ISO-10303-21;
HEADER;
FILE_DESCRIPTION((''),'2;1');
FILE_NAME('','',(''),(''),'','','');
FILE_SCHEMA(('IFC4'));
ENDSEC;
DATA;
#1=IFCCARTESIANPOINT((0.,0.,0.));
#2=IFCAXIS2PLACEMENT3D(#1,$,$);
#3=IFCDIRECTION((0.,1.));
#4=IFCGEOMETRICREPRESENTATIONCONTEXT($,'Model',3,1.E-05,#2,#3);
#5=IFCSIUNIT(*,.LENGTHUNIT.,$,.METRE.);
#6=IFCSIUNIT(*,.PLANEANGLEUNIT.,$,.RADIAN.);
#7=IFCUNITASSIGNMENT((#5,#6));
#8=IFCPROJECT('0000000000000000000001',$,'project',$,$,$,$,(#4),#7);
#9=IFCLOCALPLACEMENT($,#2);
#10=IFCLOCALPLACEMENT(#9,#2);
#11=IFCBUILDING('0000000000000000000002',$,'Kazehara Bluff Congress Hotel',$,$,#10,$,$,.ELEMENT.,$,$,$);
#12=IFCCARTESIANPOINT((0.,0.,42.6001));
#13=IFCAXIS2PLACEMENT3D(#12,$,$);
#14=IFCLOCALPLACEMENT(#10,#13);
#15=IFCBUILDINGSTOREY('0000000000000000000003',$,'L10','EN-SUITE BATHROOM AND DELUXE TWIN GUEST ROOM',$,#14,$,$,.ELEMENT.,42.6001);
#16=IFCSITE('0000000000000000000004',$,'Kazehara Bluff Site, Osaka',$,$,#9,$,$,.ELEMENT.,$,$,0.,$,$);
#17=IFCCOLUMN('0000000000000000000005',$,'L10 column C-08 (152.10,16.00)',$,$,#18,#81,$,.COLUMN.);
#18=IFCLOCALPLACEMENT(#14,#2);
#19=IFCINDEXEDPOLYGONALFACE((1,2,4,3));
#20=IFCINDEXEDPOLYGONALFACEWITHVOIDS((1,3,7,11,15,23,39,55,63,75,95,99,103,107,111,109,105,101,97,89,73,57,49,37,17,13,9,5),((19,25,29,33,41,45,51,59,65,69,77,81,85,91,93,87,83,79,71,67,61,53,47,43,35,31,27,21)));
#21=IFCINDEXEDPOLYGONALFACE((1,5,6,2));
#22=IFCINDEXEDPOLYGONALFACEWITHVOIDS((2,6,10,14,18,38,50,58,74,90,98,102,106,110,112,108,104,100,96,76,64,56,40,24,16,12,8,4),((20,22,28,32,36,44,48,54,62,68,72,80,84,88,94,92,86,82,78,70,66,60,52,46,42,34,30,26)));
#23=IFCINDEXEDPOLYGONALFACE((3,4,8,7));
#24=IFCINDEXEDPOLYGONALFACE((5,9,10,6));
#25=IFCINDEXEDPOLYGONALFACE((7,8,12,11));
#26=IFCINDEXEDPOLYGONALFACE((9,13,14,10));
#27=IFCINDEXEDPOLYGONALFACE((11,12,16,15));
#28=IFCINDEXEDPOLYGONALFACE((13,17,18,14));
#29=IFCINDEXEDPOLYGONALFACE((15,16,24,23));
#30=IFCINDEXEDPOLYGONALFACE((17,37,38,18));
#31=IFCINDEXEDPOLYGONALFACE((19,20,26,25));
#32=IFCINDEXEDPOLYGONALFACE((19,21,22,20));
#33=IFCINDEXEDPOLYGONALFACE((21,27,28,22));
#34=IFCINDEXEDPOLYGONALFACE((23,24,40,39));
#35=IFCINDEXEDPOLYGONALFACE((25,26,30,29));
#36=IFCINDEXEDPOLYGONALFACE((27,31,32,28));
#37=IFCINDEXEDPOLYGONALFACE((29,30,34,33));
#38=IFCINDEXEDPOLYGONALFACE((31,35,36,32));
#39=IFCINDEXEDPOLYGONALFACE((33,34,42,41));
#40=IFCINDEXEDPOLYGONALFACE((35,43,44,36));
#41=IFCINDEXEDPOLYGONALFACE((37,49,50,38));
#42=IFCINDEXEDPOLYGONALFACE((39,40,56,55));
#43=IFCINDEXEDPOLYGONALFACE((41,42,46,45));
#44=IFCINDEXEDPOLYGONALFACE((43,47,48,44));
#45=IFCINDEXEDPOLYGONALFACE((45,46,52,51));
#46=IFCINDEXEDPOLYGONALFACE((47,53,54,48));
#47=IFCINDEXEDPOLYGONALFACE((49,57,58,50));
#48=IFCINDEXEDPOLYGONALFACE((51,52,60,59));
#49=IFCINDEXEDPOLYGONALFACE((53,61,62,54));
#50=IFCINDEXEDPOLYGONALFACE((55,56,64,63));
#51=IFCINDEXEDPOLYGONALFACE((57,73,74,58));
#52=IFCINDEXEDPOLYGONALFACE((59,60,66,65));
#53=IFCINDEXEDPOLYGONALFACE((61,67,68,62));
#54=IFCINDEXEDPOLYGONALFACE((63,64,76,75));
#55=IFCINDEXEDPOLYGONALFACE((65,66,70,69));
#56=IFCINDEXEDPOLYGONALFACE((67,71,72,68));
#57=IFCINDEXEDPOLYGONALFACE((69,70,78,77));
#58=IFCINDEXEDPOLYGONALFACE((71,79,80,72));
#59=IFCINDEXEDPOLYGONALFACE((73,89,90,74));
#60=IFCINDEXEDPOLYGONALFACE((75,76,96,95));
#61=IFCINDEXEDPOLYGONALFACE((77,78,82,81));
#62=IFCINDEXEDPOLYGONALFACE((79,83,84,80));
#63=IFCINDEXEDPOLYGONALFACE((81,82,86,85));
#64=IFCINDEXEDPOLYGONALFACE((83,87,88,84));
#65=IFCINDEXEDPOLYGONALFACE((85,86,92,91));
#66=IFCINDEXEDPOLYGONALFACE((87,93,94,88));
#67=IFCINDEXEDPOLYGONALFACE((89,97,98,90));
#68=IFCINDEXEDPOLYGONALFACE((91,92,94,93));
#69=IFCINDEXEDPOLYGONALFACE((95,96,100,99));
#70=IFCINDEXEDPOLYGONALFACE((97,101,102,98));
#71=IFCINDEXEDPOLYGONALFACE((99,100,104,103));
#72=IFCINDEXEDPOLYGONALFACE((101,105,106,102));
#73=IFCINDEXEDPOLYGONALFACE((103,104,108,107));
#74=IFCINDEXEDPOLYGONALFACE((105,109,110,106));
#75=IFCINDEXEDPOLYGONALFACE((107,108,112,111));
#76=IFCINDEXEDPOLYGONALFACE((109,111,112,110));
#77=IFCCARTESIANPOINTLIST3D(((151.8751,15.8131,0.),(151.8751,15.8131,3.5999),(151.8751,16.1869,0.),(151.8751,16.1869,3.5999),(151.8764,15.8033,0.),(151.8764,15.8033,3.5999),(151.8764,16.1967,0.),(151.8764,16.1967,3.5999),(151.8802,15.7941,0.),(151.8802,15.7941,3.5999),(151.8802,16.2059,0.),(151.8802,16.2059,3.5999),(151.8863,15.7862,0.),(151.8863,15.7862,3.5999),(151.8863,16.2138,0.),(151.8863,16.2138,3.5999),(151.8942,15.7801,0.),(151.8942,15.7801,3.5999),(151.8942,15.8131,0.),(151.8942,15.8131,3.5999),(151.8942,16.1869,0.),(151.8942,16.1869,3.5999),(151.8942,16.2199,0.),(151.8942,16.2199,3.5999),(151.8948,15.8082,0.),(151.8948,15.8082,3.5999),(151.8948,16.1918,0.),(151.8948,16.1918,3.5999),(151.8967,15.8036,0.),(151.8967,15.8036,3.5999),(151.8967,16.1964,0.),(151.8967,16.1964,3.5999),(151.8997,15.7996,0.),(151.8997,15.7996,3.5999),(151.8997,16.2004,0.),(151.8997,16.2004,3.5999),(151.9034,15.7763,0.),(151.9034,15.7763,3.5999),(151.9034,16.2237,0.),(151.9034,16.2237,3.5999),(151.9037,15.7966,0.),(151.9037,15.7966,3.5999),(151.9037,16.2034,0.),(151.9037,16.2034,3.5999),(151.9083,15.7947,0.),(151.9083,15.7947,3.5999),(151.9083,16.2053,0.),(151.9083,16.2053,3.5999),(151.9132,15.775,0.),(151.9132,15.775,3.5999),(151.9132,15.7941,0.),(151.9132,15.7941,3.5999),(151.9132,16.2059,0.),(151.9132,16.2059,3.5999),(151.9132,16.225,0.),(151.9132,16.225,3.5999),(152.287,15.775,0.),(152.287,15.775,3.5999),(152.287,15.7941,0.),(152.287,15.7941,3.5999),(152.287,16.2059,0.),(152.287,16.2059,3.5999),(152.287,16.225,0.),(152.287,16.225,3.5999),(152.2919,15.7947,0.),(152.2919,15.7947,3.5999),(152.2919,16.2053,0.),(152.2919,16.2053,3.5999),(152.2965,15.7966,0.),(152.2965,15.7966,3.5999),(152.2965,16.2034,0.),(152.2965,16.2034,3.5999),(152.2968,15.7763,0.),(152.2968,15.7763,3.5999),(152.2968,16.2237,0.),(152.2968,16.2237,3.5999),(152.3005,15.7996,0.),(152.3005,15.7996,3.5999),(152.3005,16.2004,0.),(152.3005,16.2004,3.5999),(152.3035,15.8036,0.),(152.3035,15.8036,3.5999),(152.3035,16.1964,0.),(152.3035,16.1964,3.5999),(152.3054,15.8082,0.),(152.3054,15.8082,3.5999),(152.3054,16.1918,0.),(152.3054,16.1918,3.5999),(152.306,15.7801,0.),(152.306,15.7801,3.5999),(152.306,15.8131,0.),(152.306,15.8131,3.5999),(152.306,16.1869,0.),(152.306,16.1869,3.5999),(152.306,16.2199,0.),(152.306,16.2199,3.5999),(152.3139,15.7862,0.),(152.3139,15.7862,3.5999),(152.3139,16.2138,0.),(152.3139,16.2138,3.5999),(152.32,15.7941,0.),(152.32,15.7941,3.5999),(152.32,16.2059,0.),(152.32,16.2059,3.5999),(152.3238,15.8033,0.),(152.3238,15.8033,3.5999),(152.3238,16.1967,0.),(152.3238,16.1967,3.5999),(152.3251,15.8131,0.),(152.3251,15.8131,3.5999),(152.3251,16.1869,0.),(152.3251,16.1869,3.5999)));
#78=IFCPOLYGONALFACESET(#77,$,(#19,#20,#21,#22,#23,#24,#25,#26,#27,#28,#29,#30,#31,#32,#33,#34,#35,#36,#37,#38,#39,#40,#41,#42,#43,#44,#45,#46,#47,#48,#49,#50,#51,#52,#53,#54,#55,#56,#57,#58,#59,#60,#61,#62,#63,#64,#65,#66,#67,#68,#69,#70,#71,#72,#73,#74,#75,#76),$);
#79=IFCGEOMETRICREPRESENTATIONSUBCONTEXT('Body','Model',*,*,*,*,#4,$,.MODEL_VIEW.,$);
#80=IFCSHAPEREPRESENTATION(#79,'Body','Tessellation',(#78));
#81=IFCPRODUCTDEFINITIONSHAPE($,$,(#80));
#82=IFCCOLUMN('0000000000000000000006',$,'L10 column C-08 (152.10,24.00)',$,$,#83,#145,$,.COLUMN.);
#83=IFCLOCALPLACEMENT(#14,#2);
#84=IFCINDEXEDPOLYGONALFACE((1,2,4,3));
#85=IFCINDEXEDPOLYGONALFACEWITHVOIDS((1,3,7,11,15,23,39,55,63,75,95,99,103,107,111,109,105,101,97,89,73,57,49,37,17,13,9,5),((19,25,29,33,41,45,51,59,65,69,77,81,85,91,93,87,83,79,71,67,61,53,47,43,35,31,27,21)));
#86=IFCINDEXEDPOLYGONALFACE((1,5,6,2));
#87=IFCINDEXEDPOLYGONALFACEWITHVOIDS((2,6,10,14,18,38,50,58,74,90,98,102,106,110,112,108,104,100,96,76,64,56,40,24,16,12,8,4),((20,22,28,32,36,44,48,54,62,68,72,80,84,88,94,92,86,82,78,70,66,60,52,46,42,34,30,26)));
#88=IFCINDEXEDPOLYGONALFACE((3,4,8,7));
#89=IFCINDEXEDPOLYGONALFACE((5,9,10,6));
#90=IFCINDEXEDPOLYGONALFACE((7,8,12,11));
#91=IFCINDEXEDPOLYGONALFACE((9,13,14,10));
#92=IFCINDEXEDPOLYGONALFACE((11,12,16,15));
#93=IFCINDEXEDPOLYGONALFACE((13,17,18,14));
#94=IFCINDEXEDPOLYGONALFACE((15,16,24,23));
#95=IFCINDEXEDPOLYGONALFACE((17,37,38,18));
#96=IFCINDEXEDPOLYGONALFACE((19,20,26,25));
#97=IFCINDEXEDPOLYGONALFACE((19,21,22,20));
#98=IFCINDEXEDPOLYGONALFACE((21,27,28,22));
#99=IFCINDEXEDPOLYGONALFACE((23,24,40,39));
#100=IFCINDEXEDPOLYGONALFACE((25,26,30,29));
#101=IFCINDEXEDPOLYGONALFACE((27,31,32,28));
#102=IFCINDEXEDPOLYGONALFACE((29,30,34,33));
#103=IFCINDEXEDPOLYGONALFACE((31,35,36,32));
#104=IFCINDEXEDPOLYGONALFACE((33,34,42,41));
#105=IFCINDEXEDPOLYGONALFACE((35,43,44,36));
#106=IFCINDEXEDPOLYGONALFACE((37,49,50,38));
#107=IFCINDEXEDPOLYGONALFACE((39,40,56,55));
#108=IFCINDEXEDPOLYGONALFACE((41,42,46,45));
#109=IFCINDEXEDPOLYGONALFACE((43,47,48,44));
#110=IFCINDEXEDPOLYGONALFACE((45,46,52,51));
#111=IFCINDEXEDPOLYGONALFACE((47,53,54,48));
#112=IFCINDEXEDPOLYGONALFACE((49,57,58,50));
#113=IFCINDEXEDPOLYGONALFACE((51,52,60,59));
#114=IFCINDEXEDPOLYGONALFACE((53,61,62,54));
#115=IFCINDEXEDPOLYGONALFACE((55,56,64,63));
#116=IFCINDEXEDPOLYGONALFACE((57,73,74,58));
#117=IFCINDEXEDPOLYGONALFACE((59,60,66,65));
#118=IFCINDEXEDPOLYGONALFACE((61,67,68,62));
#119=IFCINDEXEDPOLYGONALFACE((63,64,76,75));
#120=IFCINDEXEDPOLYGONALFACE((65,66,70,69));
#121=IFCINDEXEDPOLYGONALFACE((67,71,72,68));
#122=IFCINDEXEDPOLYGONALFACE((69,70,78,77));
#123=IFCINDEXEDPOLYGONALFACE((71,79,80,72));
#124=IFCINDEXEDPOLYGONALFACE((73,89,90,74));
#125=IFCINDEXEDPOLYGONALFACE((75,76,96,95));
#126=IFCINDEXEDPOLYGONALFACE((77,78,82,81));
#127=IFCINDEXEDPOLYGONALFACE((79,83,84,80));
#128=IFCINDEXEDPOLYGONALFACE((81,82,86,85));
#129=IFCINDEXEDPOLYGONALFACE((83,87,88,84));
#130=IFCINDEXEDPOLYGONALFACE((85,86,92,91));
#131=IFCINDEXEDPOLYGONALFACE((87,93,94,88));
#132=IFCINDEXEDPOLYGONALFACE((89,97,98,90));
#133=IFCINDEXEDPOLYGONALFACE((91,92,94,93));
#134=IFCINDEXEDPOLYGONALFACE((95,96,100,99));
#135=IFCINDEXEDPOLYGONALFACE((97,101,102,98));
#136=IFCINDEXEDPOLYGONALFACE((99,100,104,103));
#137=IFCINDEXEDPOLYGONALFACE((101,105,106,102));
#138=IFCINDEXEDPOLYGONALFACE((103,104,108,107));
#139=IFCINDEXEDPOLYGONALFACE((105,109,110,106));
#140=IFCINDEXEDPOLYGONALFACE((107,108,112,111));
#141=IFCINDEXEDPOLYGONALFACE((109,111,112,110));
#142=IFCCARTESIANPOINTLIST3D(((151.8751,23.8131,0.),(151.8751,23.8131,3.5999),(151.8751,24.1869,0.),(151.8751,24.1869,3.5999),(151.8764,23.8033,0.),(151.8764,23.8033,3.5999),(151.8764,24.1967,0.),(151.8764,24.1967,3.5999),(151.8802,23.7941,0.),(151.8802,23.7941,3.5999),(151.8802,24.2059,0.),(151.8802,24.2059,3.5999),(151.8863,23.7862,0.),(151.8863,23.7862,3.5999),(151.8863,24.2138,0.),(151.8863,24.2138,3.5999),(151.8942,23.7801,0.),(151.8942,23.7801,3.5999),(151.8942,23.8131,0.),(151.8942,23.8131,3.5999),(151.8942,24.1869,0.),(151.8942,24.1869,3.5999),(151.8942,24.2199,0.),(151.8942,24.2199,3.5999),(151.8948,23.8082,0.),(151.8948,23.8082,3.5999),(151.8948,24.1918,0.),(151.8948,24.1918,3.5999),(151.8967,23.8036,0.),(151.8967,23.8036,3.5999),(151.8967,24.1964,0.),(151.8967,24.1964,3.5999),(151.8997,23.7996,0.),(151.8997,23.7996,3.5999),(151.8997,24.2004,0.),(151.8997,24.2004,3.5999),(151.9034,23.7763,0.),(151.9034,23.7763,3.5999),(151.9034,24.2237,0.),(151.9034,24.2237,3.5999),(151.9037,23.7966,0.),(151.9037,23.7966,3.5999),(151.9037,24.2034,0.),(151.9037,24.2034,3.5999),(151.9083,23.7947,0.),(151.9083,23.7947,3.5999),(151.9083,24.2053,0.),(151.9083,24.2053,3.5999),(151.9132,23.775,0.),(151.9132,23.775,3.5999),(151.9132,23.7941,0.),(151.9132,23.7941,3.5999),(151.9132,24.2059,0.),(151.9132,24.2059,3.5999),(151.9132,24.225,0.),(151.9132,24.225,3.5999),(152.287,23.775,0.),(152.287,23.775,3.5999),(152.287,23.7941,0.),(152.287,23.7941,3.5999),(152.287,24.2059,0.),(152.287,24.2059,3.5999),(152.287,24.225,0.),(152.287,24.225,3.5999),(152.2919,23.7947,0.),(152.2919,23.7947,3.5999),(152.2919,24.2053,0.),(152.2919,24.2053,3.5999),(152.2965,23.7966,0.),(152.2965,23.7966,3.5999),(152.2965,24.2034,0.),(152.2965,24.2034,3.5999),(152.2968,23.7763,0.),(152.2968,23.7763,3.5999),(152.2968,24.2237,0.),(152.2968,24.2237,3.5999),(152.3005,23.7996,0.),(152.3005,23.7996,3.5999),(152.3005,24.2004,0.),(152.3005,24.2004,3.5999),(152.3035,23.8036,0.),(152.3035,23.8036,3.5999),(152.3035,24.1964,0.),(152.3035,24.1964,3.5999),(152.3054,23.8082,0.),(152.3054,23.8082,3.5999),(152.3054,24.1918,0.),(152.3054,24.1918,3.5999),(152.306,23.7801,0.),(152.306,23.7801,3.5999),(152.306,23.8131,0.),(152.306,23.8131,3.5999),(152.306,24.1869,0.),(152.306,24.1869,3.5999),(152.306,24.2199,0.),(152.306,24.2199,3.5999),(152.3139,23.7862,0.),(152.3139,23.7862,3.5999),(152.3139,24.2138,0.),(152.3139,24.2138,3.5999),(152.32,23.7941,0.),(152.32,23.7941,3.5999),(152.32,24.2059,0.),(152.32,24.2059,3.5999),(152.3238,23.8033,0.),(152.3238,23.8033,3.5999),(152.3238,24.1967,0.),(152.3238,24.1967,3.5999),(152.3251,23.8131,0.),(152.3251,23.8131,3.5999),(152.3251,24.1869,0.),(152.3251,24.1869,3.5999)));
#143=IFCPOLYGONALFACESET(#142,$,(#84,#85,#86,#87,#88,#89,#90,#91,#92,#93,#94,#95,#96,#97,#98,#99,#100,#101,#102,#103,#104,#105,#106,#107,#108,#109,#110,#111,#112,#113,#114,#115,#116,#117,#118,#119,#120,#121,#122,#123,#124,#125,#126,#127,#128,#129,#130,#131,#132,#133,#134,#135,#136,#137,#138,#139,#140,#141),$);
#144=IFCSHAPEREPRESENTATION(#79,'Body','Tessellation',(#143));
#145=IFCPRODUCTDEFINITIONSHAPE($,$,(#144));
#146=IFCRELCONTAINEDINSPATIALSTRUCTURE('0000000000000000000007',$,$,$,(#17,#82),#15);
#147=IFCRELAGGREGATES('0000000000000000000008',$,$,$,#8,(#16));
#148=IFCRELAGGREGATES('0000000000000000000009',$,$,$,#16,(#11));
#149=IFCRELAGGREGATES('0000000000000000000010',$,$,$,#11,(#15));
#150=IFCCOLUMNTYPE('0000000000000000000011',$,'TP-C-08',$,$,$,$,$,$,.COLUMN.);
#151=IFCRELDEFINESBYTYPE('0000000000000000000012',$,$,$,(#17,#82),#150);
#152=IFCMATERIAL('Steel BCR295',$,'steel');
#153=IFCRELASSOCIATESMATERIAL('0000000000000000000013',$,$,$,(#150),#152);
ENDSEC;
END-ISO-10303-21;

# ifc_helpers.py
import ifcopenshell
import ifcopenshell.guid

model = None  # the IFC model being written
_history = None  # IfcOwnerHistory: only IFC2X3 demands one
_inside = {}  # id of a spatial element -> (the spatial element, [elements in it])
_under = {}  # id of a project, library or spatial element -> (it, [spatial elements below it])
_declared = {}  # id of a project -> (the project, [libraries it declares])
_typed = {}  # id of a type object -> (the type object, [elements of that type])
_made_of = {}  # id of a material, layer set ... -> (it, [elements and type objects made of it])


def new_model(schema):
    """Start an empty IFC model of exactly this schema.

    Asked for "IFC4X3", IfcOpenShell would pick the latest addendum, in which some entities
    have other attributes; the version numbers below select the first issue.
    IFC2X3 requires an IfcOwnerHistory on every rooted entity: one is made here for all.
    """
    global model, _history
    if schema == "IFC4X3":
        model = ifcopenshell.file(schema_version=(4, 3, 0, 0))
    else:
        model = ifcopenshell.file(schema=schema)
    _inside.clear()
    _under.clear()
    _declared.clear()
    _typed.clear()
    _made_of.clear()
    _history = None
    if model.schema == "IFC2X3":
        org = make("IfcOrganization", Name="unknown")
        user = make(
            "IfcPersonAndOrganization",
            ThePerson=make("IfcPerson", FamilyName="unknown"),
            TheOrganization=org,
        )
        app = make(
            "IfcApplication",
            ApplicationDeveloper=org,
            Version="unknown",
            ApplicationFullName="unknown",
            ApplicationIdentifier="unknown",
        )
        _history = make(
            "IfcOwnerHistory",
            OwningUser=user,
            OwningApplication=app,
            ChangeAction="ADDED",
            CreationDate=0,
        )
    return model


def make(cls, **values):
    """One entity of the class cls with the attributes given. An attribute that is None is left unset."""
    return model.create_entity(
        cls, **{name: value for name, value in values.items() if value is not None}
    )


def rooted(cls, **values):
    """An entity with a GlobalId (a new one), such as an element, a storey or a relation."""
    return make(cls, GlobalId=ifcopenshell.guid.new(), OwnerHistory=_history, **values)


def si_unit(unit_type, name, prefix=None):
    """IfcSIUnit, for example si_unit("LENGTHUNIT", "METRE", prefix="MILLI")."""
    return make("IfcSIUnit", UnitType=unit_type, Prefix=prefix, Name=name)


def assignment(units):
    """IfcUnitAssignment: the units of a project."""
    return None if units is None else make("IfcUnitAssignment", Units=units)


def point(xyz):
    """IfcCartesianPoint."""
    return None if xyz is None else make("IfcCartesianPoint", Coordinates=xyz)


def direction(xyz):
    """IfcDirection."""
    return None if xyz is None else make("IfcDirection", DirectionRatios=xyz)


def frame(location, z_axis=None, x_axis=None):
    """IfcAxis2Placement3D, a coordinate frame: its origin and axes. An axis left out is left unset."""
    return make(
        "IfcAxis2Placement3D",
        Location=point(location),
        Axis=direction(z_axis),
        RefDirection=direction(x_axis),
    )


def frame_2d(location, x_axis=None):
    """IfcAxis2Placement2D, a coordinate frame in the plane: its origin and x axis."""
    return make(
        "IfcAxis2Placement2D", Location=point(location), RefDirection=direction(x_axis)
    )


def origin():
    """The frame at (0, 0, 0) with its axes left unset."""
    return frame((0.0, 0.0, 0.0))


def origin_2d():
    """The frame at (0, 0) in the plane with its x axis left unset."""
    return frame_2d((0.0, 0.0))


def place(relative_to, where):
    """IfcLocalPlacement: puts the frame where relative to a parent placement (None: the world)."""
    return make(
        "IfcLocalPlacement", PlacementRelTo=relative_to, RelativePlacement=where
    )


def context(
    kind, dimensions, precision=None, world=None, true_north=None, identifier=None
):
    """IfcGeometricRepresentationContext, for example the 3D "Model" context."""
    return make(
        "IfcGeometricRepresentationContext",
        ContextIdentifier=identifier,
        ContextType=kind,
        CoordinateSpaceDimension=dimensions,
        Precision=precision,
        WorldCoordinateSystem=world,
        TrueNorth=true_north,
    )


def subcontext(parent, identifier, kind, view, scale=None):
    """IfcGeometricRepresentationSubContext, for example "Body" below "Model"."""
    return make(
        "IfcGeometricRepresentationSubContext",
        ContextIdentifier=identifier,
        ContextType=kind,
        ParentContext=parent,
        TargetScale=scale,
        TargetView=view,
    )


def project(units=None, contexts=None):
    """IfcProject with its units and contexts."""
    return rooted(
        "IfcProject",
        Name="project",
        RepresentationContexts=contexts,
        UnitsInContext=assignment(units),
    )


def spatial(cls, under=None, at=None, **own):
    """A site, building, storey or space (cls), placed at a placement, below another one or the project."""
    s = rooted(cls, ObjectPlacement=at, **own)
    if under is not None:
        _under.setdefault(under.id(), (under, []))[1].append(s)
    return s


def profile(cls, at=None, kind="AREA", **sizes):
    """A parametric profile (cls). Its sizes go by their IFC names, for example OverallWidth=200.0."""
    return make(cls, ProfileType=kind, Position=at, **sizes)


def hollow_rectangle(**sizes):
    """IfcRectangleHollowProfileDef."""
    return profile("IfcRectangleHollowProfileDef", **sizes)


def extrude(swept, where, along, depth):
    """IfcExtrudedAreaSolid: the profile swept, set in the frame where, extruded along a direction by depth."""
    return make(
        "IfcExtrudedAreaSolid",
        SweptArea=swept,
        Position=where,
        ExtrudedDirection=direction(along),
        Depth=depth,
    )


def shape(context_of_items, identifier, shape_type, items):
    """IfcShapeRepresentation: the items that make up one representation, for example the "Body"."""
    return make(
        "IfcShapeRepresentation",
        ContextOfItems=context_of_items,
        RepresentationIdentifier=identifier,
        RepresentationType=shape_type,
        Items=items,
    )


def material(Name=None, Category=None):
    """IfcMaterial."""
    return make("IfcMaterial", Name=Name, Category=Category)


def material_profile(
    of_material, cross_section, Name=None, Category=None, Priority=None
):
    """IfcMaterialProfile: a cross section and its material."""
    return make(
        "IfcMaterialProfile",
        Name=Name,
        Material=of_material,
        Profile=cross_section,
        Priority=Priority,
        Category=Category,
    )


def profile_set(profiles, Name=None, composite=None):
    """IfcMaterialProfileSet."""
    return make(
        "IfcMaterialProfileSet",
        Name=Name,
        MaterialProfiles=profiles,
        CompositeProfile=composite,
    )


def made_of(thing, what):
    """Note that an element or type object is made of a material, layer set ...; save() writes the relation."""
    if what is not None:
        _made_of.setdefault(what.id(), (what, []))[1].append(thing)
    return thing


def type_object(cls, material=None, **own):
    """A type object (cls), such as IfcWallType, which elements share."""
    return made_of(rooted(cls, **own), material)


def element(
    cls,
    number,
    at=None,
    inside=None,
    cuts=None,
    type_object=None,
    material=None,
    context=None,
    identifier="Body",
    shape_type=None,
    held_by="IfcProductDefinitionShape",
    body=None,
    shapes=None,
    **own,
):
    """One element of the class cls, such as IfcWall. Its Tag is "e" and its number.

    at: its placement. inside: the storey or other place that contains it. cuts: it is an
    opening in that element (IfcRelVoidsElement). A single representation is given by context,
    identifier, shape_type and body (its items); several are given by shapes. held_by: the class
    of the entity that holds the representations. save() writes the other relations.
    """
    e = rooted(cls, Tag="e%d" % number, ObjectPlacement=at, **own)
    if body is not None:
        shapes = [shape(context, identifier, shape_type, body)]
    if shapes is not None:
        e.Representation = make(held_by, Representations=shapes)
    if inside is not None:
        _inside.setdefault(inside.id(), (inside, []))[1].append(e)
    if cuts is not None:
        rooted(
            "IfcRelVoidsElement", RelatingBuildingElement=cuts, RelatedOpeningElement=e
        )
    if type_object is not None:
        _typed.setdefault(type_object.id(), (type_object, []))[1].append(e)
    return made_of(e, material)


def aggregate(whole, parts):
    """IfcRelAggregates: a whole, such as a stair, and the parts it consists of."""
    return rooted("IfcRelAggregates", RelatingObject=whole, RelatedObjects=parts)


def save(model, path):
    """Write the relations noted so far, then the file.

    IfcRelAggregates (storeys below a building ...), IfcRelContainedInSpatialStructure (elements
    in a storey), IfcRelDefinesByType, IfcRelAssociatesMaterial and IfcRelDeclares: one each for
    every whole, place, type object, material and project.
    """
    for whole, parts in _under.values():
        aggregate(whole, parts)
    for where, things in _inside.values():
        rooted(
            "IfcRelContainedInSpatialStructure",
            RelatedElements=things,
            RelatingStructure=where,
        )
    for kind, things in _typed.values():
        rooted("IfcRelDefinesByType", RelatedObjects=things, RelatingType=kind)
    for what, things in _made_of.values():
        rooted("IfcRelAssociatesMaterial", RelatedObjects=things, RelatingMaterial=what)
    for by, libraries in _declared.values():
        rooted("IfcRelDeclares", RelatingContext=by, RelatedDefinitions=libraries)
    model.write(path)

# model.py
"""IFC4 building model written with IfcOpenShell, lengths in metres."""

from ifc_helpers import new_model, si_unit, direction, frame, origin, origin_2d, place, context, subcontext, project, spatial, hollow_rectangle, extrude, material, material_profile, profile_set, type_object, element, save


model = new_model("IFC4")

# Units and contexts
model_context = context("Model", 3, precision=1e-05, world=origin(), true_north=direction((0.0, 1.0)))
body_context = subcontext(model_context, "Body", "Model", "MODEL_VIEW")
ifc_project = project(units=[si_unit("LENGTHUNIT", "METRE"), si_unit("PLANEANGLEUNIT", "RADIAN")], contexts=[model_context])

# Site, building, storey
site_placement = place(None, origin())
site = spatial("IfcSite", under=ifc_project, at=site_placement, Name="Kazehara Bluff Site, Osaka", CompositionType="ELEMENT", RefElevation=0.0)
building_placement = place(site_placement, origin())
building = spatial("IfcBuilding", under=site, at=building_placement, Name="Kazehara Bluff Congress Hotel", CompositionType="ELEMENT")
storey_placement = place(building_placement, frame((0.0, 0.0, 42.6001)))
storey = spatial("IfcBuildingStorey", under=building, at=storey_placement, Name="L10", Description="EN-SUITE BATHROOM AND DELUXE TWIN GUEST ROOM", CompositionType="ELEMENT", Elevation=42.6001)

# Columns
ifc_material_1 = material(Name="Steel BCR295", Category="steel")
ifc_material_profile_1 = material_profile(ifc_material_1, hollow_rectangle(XDim=0.45, YDim=0.45, WallThickness=0.019, InnerFilletRadius=0.019, OuterFilletRadius=0.0381, at=origin_2d()))
ifc_profile_set_1 = profile_set([ifc_material_profile_1], Name="Steel BCR295")
column_type = type_object("IfcColumnType", Name="TP-C-08", PredefinedType="COLUMN", material=ifc_profile_set_1)
for number, where, z_axis, x_axis, name in (
    (1, (152.1001, 16.0, 0.0), (0.0, 0.0, 1.0), (1.0, 0.0, 0.0), "L10 column C-08 (152.10,16.00)"),
    (2, (152.1001, 24.0, 0.0), (0.0, 0.0, 1.0), (1.0, 0.0, 0.0), "L10 column C-08 (152.10,24.00)"),
):
    element("IfcColumn", number, at=place(storey_placement, frame(where, z_axis=z_axis, x_axis=x_axis)), inside=storey, type_object=column_type, Name=name, PredefinedType="COLUMN", context=body_context, shape_type="SweptSolid", body=[
        extrude(hollow_rectangle(XDim=0.45, YDim=0.45, WallThickness=0.019, InnerFilletRadius=0.019, OuterFilletRadius=0.0381, at=origin_2d()), origin(), (0.0, 0.0, 1.0), 3.5999),
    ])

save(model, "model.ifc")
